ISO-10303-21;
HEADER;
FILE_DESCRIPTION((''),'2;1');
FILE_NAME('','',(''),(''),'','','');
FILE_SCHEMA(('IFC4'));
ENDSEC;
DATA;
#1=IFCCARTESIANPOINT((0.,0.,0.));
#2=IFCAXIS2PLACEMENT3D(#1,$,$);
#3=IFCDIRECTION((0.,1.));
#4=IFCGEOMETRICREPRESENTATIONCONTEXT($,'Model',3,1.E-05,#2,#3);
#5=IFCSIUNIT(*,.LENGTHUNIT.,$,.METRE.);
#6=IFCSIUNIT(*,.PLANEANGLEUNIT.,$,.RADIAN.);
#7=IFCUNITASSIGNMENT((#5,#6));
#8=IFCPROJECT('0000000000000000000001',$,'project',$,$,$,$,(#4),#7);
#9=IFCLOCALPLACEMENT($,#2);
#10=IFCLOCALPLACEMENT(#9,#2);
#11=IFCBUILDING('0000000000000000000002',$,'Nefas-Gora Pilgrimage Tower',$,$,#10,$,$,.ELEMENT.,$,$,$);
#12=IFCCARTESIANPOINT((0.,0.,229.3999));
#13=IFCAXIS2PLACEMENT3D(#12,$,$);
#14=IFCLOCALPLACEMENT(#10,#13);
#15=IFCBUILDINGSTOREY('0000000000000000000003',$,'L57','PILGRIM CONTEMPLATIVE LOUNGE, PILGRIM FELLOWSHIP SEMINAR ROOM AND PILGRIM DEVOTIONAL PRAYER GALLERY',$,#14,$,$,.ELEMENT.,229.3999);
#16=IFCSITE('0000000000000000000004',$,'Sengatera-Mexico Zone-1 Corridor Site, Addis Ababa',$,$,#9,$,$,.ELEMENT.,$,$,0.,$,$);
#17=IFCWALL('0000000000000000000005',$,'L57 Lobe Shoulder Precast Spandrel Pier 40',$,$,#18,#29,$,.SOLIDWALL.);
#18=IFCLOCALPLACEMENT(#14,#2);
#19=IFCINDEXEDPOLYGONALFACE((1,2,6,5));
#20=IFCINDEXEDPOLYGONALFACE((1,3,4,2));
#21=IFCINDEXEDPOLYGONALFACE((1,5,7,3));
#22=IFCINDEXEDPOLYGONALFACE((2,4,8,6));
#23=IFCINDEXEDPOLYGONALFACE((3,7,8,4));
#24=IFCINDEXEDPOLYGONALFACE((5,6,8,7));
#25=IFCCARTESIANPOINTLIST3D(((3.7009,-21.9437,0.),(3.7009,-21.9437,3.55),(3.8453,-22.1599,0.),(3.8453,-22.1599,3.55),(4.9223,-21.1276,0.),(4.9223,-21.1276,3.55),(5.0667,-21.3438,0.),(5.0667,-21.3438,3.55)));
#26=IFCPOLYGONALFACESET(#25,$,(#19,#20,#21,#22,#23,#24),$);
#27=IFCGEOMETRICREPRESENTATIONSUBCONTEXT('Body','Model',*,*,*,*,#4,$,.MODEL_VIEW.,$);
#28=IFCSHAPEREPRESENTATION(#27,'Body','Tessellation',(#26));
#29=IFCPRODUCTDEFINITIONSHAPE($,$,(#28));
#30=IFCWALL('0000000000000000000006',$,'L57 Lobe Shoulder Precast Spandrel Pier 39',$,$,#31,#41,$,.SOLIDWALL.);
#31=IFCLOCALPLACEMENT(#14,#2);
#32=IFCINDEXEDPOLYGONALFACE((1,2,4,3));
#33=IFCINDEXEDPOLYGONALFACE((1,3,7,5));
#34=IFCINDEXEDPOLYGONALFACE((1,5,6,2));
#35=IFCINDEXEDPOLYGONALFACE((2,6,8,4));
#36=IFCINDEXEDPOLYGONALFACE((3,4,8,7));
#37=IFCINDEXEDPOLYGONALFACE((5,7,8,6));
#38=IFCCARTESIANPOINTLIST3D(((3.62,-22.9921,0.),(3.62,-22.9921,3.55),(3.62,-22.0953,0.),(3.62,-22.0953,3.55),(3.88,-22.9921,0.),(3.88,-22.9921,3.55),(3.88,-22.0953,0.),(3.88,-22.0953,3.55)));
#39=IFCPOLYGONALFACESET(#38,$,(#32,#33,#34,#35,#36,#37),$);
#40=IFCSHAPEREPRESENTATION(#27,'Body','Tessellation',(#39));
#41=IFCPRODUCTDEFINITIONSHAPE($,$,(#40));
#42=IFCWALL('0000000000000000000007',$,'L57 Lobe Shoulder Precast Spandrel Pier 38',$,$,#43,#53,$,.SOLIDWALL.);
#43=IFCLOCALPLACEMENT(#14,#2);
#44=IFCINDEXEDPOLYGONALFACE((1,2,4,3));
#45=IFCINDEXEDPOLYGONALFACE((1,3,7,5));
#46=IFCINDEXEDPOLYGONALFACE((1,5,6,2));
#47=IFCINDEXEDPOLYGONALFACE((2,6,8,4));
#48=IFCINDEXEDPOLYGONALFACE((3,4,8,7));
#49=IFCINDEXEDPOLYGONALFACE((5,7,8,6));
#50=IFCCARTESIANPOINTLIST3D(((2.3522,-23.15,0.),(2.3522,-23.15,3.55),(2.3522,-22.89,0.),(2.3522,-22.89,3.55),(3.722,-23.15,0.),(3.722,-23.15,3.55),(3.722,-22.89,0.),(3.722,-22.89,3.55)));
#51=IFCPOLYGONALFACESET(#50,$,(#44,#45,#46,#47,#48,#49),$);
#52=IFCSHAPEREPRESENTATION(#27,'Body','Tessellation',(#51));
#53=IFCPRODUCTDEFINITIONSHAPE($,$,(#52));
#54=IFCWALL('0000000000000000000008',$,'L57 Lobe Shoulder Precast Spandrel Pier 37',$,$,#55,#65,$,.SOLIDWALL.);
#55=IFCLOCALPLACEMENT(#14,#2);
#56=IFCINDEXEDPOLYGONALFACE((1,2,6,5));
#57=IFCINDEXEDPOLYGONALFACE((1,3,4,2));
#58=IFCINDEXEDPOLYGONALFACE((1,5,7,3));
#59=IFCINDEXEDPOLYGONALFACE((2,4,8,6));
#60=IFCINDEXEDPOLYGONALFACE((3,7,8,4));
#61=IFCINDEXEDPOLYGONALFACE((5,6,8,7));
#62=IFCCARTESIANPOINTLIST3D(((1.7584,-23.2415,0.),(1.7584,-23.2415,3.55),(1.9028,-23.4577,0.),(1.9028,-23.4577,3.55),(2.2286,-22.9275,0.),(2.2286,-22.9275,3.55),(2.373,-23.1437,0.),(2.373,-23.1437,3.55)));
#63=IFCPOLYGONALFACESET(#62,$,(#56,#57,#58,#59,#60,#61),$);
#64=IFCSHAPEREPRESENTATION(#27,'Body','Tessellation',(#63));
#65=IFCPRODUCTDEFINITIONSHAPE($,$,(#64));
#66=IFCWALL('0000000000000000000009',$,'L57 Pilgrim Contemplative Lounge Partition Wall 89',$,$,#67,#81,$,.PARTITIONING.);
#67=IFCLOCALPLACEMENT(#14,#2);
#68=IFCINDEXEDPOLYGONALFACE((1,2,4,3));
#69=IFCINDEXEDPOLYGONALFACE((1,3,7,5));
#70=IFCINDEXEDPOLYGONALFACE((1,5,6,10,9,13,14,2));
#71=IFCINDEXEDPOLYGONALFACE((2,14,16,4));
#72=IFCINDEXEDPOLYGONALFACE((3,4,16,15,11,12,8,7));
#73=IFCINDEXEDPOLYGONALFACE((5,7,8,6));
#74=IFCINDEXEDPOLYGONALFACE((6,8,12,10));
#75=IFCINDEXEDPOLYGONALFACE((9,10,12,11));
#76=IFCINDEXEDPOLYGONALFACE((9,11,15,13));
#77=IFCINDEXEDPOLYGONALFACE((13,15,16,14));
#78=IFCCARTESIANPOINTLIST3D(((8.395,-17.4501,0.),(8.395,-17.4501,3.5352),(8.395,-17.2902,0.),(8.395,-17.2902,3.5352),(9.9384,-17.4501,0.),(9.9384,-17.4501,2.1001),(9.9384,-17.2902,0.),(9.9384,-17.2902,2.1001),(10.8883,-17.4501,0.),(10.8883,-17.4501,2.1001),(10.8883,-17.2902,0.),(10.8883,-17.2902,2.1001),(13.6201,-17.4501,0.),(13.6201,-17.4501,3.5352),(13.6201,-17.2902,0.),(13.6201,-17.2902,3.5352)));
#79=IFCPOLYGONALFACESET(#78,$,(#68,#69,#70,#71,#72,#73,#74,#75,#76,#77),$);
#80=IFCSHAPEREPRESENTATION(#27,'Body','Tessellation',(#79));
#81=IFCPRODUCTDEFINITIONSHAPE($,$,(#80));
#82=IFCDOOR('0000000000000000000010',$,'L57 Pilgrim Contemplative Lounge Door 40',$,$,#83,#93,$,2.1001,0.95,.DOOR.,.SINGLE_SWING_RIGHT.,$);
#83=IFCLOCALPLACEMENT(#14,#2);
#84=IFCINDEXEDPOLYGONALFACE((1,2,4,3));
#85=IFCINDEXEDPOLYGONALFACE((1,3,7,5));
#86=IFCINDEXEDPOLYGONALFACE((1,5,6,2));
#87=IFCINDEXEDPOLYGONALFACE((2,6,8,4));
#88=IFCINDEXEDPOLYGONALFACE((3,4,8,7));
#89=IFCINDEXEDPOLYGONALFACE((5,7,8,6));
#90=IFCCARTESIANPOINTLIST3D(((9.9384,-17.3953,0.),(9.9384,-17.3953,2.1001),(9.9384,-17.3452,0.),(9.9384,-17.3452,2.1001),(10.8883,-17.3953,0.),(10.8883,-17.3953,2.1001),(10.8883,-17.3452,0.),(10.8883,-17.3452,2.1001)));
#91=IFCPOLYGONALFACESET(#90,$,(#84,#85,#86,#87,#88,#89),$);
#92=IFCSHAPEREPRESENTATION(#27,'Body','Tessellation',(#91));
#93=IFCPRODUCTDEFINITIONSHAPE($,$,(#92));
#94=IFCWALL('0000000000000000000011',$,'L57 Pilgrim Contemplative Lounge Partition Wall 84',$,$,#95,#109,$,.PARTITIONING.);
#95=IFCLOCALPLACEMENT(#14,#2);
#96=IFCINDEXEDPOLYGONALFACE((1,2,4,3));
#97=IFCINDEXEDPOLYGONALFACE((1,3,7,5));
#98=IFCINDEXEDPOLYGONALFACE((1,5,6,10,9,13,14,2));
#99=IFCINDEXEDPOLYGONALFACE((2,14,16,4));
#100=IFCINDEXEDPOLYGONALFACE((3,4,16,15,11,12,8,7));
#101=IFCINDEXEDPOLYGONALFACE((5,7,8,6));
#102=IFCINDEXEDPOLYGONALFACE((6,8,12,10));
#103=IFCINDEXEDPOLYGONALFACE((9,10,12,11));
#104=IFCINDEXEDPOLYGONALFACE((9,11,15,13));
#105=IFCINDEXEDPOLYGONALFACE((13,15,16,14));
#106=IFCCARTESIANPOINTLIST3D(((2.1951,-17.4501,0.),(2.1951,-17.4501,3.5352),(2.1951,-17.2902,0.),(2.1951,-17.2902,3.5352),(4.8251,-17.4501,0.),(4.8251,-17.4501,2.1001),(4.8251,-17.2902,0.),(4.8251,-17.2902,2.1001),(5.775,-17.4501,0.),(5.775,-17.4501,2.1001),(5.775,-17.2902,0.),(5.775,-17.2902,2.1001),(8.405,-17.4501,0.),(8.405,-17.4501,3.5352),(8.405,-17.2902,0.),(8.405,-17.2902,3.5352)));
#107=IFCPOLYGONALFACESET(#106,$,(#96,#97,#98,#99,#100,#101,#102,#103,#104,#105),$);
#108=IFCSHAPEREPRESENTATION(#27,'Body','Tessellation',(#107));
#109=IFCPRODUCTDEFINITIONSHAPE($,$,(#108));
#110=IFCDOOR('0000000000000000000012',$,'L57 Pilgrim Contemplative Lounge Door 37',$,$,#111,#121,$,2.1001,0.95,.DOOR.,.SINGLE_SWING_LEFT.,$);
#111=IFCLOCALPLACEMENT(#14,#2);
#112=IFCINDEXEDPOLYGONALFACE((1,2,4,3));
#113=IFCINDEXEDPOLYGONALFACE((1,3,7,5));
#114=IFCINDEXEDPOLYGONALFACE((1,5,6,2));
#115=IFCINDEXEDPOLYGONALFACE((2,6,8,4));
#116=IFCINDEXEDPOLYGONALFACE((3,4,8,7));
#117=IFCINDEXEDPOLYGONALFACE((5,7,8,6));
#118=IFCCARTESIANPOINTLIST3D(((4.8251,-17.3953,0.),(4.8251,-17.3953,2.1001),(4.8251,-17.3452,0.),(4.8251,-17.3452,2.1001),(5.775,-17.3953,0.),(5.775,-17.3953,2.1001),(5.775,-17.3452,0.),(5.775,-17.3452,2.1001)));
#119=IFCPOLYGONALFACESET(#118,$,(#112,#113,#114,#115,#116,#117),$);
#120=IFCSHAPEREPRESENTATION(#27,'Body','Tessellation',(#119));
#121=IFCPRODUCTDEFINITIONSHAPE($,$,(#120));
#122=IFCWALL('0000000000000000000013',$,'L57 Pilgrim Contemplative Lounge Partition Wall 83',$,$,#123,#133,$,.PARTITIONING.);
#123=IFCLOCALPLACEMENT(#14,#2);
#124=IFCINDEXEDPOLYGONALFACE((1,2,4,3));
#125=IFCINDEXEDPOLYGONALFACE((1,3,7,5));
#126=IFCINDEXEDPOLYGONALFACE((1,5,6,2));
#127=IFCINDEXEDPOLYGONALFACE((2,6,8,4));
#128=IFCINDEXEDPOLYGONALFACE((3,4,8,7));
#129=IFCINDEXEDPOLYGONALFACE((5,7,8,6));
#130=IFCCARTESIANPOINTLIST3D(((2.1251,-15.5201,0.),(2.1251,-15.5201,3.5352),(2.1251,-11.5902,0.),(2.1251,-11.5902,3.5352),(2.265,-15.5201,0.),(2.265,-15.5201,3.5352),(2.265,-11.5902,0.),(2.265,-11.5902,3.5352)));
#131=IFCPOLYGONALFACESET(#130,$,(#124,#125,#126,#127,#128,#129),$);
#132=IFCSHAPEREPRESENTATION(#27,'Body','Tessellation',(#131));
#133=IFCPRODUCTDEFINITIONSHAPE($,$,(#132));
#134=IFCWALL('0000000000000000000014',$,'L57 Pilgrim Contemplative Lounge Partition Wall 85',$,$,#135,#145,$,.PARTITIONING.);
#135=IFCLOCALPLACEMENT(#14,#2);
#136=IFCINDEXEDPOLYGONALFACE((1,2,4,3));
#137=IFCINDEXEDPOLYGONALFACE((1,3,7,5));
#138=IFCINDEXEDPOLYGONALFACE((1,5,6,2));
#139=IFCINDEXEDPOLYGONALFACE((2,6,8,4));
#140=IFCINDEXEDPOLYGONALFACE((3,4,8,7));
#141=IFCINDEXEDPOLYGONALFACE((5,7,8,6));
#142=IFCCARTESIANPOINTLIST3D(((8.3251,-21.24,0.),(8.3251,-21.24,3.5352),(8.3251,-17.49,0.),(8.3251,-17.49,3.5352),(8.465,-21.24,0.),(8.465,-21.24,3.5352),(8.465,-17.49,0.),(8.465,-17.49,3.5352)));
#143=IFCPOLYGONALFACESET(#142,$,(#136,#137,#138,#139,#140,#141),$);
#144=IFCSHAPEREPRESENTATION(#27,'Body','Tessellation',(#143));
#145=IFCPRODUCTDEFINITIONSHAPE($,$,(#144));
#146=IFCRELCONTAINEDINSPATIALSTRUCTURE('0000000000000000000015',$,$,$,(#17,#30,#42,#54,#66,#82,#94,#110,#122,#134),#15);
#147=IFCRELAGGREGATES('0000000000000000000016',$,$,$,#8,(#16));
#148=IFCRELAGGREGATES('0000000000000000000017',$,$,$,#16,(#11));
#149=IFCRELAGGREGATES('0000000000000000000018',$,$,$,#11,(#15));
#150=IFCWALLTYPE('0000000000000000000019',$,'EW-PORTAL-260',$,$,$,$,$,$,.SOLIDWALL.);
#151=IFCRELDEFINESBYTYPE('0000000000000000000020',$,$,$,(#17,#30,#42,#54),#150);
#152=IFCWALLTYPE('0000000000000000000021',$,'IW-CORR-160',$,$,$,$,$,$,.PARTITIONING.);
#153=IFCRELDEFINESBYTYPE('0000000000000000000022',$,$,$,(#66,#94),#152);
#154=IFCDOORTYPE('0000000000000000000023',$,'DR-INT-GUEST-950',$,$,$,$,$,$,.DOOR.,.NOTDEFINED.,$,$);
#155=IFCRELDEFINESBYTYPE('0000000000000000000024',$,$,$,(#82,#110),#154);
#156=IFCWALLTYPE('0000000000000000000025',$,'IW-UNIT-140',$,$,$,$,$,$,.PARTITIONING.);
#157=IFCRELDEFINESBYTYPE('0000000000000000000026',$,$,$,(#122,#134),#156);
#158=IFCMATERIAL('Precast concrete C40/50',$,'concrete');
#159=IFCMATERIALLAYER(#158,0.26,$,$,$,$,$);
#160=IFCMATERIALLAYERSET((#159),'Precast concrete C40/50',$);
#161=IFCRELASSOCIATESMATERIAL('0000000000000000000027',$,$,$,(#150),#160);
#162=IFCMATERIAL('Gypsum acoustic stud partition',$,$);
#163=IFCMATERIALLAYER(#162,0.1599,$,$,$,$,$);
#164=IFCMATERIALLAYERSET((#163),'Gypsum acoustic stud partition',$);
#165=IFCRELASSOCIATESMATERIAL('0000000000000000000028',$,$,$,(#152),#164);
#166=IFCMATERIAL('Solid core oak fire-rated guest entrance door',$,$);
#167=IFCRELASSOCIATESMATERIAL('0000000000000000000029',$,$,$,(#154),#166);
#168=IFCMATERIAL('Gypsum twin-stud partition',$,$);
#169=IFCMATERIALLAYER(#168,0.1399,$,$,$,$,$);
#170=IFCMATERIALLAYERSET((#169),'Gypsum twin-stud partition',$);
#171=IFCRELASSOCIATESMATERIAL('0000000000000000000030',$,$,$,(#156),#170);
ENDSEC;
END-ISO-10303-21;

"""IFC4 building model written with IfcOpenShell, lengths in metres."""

from ifc_helpers import new_model, si_unit, direction, frame, frame_2d, origin, place, context, subcontext, project, spatial, rectangle, extrude, source, transform, mapped, material, layer, layer_set, type_object, element, fill, save


model = new_model("IFC4")

# Units and contexts
model_context = context("Model", 3, precision=1e-05, world=origin(), true_north=direction((0.0, 1.0)))
body_context = subcontext(model_context, "Body", "Model", "MODEL_VIEW")
ifc_project = project(units=[si_unit("LENGTHUNIT", "METRE"), si_unit("PLANEANGLEUNIT", "RADIAN")], contexts=[model_context])

# Site, building, storey
site_placement = place(None, origin())
site = spatial("IfcSite", under=ifc_project, at=site_placement, Name="Sengatera-Mexico Zone-1 Corridor Site, Addis Ababa", CompositionType="ELEMENT", RefElevation=0.0)
building_placement = place(site_placement, origin())
building = spatial("IfcBuilding", under=site, at=building_placement, Name="Nefas-Gora Pilgrimage Tower", CompositionType="ELEMENT")
storey_placement = place(building_placement, frame((0.0, 0.0, 229.3999)))
storey = spatial("IfcBuildingStorey", under=building, at=storey_placement, Name="L57", Description="PILGRIM CONTEMPLATIVE LOUNGE, PILGRIM FELLOWSHIP SEMINAR ROOM AND PILGRIM DEVOTIONAL PRAYER GALLERY", CompositionType="ELEMENT", Elevation=229.3999)

# Walls
ifc_material_1 = material(Name="Precast concrete C40/50", Category="concrete")
ifc_layer_1 = layer(ifc_material_1, 0.26)
ifc_layer_set_1 = layer_set([ifc_layer_1], Name="Precast concrete C40/50")
wall_type_1 = type_object("IfcWallType", Name="EW-PORTAL-260", PredefinedType="SOLIDWALL", material=ifc_layer_set_1)
shared_shape_1 = source(origin(), body_context, "Body", "SweptSolid", [
    extrude(rectangle(XDim=1.469, YDim=0.26, at=frame_2d((0.7344, 0.0))), origin(), (0.0, 0.0, 1.0), 3.55),
])
wall_1_placement = place(storey_placement, frame((3.7732, -22.0518, 0.0), z_axis=(0.0, 0.0, 1.0), x_axis=(0.831462, 0.555582, 0.0)))
element("IfcWall", 1, at=wall_1_placement, inside=storey, type_object=wall_type_1, Name="L57 Lobe Shoulder Precast Spandrel Pier 40", PredefinedType="SOLIDWALL", context=body_context, shape_type="MappedRepresentation", body=[
    mapped(shared_shape_1, transform((0.0, 0.0, 0.0), x_axis=(1.0, 0.0, 0.0), y_axis=(0.0, 1.0, 0.0), z_axis=(0.0, 0.0, 1.0), scale=1.0)),
])
shared_shape_2 = source(origin(), body_context, "Body", "SweptSolid", [
    extrude(rectangle(XDim=0.8967, YDim=0.26, at=frame_2d((0.4482, 0.0))), origin(), (0.0, 0.0, 1.0), 3.55),
])
wall_2_placement = place(storey_placement, frame((3.75, -22.9919, 0.0), z_axis=(0.0, 0.0, 1.0), x_axis=(0.0, 1.0, 0.0)))
element("IfcWall", 2, at=wall_2_placement, inside=storey, type_object=wall_type_1, Name="L57 Lobe Shoulder Precast Spandrel Pier 39", PredefinedType="SOLIDWALL", context=body_context, shape_type="MappedRepresentation", body=[
    mapped(shared_shape_2, transform((0.0, 0.0, 0.0), x_axis=(1.0, 0.0, 0.0), y_axis=(0.0, 1.0, 0.0), z_axis=(0.0, 0.0, 1.0), scale=1.0)),
])
shared_shape_3 = source(origin(), body_context, "Body", "SweptSolid", [
    extrude(rectangle(XDim=1.3699, YDim=0.26, at=frame_2d((0.6851, 0.0))), origin(), (0.0, 0.0, 1.0), 3.55),
])
wall_3_placement = place(storey_placement, frame((2.3521, -23.02, 0.0), z_axis=(0.0, 0.0, 1.0), x_axis=(1.0, 0.0, 0.0)))
element("IfcWall", 3, at=wall_3_placement, inside=storey, type_object=wall_type_1, Name="L57 Lobe Shoulder Precast Spandrel Pier 38", PredefinedType="SOLIDWALL", context=body_context, shape_type="MappedRepresentation", body=[
    mapped(shared_shape_3, transform((0.0, 0.0, 0.0), x_axis=(1.0, 0.0, 0.0), y_axis=(0.0, 1.0, 0.0), z_axis=(0.0, 0.0, 1.0), scale=1.0)),
])
shared_shape_4 = source(origin(), body_context, "Body", "SweptSolid", [
    extrude(rectangle(XDim=0.5654, YDim=0.26, at=frame_2d((0.2827, 0.0))), origin(), (0.0, 0.0, 1.0), 3.55),
])
wall_4_placement = place(storey_placement, frame((1.8306, -23.3496, 0.0), z_axis=(0.0, 0.0, 1.0), x_axis=(0.831651, 0.555298, 0.0)))
element("IfcWall", 4, at=wall_4_placement, inside=storey, type_object=wall_type_1, Name="L57 Lobe Shoulder Precast Spandrel Pier 37", PredefinedType="SOLIDWALL", context=body_context, shape_type="MappedRepresentation", body=[
    mapped(shared_shape_4, transform((0.0, 0.0, 0.0), x_axis=(1.0, 0.0, 0.0), y_axis=(0.0, 1.0, 0.0), z_axis=(0.0, 0.0, 1.0), scale=1.0)),
])

# Walls, openings, doors
ifc_material_2 = material(Name="Gypsum acoustic stud partition")
ifc_layer_2 = layer(ifc_material_2, 0.1599)
ifc_layer_set_2 = layer_set([ifc_layer_2], Name="Gypsum acoustic stud partition")
wall_type_2 = type_object("IfcWallType", Name="IW-CORR-160", PredefinedType="PARTITIONING", material=ifc_layer_set_2)
shared_shape_5 = source(origin(), body_context, "Body", "SweptSolid", [
    extrude(rectangle(XDim=5.2251, YDim=0.1599, at=frame_2d((2.6125, 0.0))), origin(), (0.0, 0.0, 1.0), 3.5352),
])
wall_5_placement = place(storey_placement, frame((8.395, -17.3701, 0.0), z_axis=(0.0, 0.0, 1.0), x_axis=(1.0, 0.0, 0.0)))
wall_5 = element("IfcWall", 5, at=wall_5_placement, inside=storey, type_object=wall_type_2, Name="L57 Pilgrim Contemplative Lounge Partition Wall 89", PredefinedType="PARTITIONING", context=body_context, shape_type="MappedRepresentation", body=[
    mapped(shared_shape_5, transform((0.0, 0.0, 0.0), x_axis=(1.0, 0.0, 0.0), y_axis=(0.0, 1.0, 0.0), z_axis=(0.0, 0.0, 1.0), scale=1.0)),
])
opening_1_placement = place(wall_5_placement, frame((1.5432, 0.0, 0.0)))
opening_1 = element("IfcOpeningElement", 6, at=opening_1_placement, cuts=wall_5, PredefinedType="OPENING", context=body_context, shape_type="SweptSolid", body=[
    extrude(rectangle(XDim=0.95, YDim=2.1001, at=frame_2d((0.4751, 1.05))), frame((0.0, 0.0898, 0.0), z_axis=(0.0, -1.0, 0.0), x_axis=(1.0, 0.0, 0.0)), (0.0, 0.0, 1.0), 0.1799),
])
ifc_material_3 = material(Name="Solid core oak fire-rated guest entrance door")
door_type = type_object("IfcDoorType", Name="DR-INT-GUEST-950", OperationType="NOTDEFINED", PredefinedType="DOOR", material=ifc_material_3)
shared_shape_6 = source(origin(), body_context, "Body", "SweptSolid", [
    extrude(rectangle(XDim=0.95, YDim=2.1001, at=frame_2d((0.4751, 1.05))), frame((0.0, 0.0249, 0.0), z_axis=(0.0, -1.0, 0.0), x_axis=(1.0, 0.0, 0.0)), (0.0, 0.0, 1.0), 0.05),
])
door_1_placement = place(opening_1_placement, origin())
door_1 = element("IfcDoor", 7, at=door_1_placement, inside=storey, type_object=door_type, Name="L57 Pilgrim Contemplative Lounge Door 40", OperationType="SINGLE_SWING_RIGHT", OverallHeight=2.1001, OverallWidth=0.95, PredefinedType="DOOR", context=body_context, shape_type="MappedRepresentation", body=[
    mapped(shared_shape_6, transform((0.0, 0.0, 0.0), x_axis=(1.0, 0.0, 0.0), y_axis=(0.0, 1.0, 0.0), z_axis=(0.0, 0.0, 1.0), scale=1.0)),
])
fill(opening_1, door_1)
shared_shape_7 = source(origin(), body_context, "Body", "SweptSolid", [
    extrude(rectangle(XDim=6.21, YDim=0.1599, at=frame_2d((3.105, 0.0))), origin(), (0.0, 0.0, 1.0), 3.5352),
])
wall_6_placement = place(storey_placement, frame((2.1951, -17.3701, 0.0), z_axis=(0.0, 0.0, 1.0), x_axis=(1.0, 0.0, 0.0)))
wall_6 = element("IfcWall", 8, at=wall_6_placement, inside=storey, type_object=wall_type_2, Name="L57 Pilgrim Contemplative Lounge Partition Wall 84", PredefinedType="PARTITIONING", context=body_context, shape_type="MappedRepresentation", body=[
    mapped(shared_shape_7, transform((0.0, 0.0, 0.0), x_axis=(1.0, 0.0, 0.0), y_axis=(0.0, 1.0, 0.0), z_axis=(0.0, 0.0, 1.0), scale=1.0)),
])
opening_2_placement = place(wall_6_placement, frame((2.6299, 0.0, 0.0)))
opening_2 = element("IfcOpeningElement", 9, at=opening_2_placement, cuts=wall_6, PredefinedType="OPENING", context=body_context, shape_type="SweptSolid", body=[
    extrude(rectangle(XDim=0.95, YDim=2.1001, at=frame_2d((0.4751, 1.05))), frame((0.0, 0.0898, 0.0), z_axis=(0.0, -1.0, 0.0), x_axis=(1.0, 0.0, 0.0)), (0.0, 0.0, 1.0), 0.1799),
])
door_2_placement = place(opening_2_placement, origin())
door_2 = element("IfcDoor", 10, at=door_2_placement, inside=storey, type_object=door_type, Name="L57 Pilgrim Contemplative Lounge Door 37", OperationType="SINGLE_SWING_LEFT", OverallHeight=2.1001, OverallWidth=0.95, PredefinedType="DOOR", context=body_context, shape_type="MappedRepresentation", body=[
    mapped(shared_shape_6, transform((0.0, 0.0, 0.0), x_axis=(1.0, 0.0, 0.0), y_axis=(0.0, 1.0, 0.0), z_axis=(0.0, 0.0, 1.0), scale=1.0)),
])
fill(opening_2, door_2)

# Walls
ifc_material_4 = material(Name="Gypsum twin-stud partition")
ifc_layer_3 = layer(ifc_material_4, 0.1399)
ifc_layer_set_3 = layer_set([ifc_layer_3], Name="Gypsum twin-stud partition")
wall_type_3 = type_object("IfcWallType", Name="IW-UNIT-140", PredefinedType="PARTITIONING", material=ifc_layer_set_3)
shared_shape_8 = source(origin(), body_context, "Body", "SweptSolid", [
    extrude(rectangle(XDim=3.9299, YDim=0.1399, at=frame_2d((1.9648, 0.0))), origin(), (0.0, 0.0, 1.0), 3.5352),
])
wall_7_placement = place(storey_placement, frame((2.1951, -15.52, 0.0), z_axis=(0.0, 0.0, 1.0), x_axis=(0.0, 1.0, 0.0)))
element("IfcWall", 11, at=wall_7_placement, inside=storey, type_object=wall_type_3, Name="L57 Pilgrim Contemplative Lounge Partition Wall 83", PredefinedType="PARTITIONING", context=body_context, shape_type="MappedRepresentation", body=[
    mapped(shared_shape_8, transform((0.0, 0.0, 0.0), x_axis=(1.0, 0.0, 0.0), y_axis=(0.0, 1.0, 0.0), z_axis=(0.0, 0.0, 1.0), scale=1.0)),
])
shared_shape_9 = source(origin(), body_context, "Body", "SweptSolid", [
    extrude(rectangle(XDim=3.75, YDim=0.1399, at=frame_2d((1.875, 0.0))), origin(), (0.0, 0.0, 1.0), 3.5352),
])
wall_8_placement = place(storey_placement, frame((8.395, -21.24, 0.0), z_axis=(0.0, 0.0, 1.0), x_axis=(0.0, 1.0, 0.0)))
element("IfcWall", 12, at=wall_8_placement, inside=storey, type_object=wall_type_3, Name="L57 Pilgrim Contemplative Lounge Partition Wall 85", PredefinedType="PARTITIONING", context=body_context, shape_type="MappedRepresentation", body=[
    mapped(shared_shape_9, transform((0.0, 0.0, 0.0), x_axis=(1.0, 0.0, 0.0), y_axis=(0.0, 1.0, 0.0), z_axis=(0.0, 0.0, 1.0), scale=1.0)),
])

save(model, "model.ifc")
